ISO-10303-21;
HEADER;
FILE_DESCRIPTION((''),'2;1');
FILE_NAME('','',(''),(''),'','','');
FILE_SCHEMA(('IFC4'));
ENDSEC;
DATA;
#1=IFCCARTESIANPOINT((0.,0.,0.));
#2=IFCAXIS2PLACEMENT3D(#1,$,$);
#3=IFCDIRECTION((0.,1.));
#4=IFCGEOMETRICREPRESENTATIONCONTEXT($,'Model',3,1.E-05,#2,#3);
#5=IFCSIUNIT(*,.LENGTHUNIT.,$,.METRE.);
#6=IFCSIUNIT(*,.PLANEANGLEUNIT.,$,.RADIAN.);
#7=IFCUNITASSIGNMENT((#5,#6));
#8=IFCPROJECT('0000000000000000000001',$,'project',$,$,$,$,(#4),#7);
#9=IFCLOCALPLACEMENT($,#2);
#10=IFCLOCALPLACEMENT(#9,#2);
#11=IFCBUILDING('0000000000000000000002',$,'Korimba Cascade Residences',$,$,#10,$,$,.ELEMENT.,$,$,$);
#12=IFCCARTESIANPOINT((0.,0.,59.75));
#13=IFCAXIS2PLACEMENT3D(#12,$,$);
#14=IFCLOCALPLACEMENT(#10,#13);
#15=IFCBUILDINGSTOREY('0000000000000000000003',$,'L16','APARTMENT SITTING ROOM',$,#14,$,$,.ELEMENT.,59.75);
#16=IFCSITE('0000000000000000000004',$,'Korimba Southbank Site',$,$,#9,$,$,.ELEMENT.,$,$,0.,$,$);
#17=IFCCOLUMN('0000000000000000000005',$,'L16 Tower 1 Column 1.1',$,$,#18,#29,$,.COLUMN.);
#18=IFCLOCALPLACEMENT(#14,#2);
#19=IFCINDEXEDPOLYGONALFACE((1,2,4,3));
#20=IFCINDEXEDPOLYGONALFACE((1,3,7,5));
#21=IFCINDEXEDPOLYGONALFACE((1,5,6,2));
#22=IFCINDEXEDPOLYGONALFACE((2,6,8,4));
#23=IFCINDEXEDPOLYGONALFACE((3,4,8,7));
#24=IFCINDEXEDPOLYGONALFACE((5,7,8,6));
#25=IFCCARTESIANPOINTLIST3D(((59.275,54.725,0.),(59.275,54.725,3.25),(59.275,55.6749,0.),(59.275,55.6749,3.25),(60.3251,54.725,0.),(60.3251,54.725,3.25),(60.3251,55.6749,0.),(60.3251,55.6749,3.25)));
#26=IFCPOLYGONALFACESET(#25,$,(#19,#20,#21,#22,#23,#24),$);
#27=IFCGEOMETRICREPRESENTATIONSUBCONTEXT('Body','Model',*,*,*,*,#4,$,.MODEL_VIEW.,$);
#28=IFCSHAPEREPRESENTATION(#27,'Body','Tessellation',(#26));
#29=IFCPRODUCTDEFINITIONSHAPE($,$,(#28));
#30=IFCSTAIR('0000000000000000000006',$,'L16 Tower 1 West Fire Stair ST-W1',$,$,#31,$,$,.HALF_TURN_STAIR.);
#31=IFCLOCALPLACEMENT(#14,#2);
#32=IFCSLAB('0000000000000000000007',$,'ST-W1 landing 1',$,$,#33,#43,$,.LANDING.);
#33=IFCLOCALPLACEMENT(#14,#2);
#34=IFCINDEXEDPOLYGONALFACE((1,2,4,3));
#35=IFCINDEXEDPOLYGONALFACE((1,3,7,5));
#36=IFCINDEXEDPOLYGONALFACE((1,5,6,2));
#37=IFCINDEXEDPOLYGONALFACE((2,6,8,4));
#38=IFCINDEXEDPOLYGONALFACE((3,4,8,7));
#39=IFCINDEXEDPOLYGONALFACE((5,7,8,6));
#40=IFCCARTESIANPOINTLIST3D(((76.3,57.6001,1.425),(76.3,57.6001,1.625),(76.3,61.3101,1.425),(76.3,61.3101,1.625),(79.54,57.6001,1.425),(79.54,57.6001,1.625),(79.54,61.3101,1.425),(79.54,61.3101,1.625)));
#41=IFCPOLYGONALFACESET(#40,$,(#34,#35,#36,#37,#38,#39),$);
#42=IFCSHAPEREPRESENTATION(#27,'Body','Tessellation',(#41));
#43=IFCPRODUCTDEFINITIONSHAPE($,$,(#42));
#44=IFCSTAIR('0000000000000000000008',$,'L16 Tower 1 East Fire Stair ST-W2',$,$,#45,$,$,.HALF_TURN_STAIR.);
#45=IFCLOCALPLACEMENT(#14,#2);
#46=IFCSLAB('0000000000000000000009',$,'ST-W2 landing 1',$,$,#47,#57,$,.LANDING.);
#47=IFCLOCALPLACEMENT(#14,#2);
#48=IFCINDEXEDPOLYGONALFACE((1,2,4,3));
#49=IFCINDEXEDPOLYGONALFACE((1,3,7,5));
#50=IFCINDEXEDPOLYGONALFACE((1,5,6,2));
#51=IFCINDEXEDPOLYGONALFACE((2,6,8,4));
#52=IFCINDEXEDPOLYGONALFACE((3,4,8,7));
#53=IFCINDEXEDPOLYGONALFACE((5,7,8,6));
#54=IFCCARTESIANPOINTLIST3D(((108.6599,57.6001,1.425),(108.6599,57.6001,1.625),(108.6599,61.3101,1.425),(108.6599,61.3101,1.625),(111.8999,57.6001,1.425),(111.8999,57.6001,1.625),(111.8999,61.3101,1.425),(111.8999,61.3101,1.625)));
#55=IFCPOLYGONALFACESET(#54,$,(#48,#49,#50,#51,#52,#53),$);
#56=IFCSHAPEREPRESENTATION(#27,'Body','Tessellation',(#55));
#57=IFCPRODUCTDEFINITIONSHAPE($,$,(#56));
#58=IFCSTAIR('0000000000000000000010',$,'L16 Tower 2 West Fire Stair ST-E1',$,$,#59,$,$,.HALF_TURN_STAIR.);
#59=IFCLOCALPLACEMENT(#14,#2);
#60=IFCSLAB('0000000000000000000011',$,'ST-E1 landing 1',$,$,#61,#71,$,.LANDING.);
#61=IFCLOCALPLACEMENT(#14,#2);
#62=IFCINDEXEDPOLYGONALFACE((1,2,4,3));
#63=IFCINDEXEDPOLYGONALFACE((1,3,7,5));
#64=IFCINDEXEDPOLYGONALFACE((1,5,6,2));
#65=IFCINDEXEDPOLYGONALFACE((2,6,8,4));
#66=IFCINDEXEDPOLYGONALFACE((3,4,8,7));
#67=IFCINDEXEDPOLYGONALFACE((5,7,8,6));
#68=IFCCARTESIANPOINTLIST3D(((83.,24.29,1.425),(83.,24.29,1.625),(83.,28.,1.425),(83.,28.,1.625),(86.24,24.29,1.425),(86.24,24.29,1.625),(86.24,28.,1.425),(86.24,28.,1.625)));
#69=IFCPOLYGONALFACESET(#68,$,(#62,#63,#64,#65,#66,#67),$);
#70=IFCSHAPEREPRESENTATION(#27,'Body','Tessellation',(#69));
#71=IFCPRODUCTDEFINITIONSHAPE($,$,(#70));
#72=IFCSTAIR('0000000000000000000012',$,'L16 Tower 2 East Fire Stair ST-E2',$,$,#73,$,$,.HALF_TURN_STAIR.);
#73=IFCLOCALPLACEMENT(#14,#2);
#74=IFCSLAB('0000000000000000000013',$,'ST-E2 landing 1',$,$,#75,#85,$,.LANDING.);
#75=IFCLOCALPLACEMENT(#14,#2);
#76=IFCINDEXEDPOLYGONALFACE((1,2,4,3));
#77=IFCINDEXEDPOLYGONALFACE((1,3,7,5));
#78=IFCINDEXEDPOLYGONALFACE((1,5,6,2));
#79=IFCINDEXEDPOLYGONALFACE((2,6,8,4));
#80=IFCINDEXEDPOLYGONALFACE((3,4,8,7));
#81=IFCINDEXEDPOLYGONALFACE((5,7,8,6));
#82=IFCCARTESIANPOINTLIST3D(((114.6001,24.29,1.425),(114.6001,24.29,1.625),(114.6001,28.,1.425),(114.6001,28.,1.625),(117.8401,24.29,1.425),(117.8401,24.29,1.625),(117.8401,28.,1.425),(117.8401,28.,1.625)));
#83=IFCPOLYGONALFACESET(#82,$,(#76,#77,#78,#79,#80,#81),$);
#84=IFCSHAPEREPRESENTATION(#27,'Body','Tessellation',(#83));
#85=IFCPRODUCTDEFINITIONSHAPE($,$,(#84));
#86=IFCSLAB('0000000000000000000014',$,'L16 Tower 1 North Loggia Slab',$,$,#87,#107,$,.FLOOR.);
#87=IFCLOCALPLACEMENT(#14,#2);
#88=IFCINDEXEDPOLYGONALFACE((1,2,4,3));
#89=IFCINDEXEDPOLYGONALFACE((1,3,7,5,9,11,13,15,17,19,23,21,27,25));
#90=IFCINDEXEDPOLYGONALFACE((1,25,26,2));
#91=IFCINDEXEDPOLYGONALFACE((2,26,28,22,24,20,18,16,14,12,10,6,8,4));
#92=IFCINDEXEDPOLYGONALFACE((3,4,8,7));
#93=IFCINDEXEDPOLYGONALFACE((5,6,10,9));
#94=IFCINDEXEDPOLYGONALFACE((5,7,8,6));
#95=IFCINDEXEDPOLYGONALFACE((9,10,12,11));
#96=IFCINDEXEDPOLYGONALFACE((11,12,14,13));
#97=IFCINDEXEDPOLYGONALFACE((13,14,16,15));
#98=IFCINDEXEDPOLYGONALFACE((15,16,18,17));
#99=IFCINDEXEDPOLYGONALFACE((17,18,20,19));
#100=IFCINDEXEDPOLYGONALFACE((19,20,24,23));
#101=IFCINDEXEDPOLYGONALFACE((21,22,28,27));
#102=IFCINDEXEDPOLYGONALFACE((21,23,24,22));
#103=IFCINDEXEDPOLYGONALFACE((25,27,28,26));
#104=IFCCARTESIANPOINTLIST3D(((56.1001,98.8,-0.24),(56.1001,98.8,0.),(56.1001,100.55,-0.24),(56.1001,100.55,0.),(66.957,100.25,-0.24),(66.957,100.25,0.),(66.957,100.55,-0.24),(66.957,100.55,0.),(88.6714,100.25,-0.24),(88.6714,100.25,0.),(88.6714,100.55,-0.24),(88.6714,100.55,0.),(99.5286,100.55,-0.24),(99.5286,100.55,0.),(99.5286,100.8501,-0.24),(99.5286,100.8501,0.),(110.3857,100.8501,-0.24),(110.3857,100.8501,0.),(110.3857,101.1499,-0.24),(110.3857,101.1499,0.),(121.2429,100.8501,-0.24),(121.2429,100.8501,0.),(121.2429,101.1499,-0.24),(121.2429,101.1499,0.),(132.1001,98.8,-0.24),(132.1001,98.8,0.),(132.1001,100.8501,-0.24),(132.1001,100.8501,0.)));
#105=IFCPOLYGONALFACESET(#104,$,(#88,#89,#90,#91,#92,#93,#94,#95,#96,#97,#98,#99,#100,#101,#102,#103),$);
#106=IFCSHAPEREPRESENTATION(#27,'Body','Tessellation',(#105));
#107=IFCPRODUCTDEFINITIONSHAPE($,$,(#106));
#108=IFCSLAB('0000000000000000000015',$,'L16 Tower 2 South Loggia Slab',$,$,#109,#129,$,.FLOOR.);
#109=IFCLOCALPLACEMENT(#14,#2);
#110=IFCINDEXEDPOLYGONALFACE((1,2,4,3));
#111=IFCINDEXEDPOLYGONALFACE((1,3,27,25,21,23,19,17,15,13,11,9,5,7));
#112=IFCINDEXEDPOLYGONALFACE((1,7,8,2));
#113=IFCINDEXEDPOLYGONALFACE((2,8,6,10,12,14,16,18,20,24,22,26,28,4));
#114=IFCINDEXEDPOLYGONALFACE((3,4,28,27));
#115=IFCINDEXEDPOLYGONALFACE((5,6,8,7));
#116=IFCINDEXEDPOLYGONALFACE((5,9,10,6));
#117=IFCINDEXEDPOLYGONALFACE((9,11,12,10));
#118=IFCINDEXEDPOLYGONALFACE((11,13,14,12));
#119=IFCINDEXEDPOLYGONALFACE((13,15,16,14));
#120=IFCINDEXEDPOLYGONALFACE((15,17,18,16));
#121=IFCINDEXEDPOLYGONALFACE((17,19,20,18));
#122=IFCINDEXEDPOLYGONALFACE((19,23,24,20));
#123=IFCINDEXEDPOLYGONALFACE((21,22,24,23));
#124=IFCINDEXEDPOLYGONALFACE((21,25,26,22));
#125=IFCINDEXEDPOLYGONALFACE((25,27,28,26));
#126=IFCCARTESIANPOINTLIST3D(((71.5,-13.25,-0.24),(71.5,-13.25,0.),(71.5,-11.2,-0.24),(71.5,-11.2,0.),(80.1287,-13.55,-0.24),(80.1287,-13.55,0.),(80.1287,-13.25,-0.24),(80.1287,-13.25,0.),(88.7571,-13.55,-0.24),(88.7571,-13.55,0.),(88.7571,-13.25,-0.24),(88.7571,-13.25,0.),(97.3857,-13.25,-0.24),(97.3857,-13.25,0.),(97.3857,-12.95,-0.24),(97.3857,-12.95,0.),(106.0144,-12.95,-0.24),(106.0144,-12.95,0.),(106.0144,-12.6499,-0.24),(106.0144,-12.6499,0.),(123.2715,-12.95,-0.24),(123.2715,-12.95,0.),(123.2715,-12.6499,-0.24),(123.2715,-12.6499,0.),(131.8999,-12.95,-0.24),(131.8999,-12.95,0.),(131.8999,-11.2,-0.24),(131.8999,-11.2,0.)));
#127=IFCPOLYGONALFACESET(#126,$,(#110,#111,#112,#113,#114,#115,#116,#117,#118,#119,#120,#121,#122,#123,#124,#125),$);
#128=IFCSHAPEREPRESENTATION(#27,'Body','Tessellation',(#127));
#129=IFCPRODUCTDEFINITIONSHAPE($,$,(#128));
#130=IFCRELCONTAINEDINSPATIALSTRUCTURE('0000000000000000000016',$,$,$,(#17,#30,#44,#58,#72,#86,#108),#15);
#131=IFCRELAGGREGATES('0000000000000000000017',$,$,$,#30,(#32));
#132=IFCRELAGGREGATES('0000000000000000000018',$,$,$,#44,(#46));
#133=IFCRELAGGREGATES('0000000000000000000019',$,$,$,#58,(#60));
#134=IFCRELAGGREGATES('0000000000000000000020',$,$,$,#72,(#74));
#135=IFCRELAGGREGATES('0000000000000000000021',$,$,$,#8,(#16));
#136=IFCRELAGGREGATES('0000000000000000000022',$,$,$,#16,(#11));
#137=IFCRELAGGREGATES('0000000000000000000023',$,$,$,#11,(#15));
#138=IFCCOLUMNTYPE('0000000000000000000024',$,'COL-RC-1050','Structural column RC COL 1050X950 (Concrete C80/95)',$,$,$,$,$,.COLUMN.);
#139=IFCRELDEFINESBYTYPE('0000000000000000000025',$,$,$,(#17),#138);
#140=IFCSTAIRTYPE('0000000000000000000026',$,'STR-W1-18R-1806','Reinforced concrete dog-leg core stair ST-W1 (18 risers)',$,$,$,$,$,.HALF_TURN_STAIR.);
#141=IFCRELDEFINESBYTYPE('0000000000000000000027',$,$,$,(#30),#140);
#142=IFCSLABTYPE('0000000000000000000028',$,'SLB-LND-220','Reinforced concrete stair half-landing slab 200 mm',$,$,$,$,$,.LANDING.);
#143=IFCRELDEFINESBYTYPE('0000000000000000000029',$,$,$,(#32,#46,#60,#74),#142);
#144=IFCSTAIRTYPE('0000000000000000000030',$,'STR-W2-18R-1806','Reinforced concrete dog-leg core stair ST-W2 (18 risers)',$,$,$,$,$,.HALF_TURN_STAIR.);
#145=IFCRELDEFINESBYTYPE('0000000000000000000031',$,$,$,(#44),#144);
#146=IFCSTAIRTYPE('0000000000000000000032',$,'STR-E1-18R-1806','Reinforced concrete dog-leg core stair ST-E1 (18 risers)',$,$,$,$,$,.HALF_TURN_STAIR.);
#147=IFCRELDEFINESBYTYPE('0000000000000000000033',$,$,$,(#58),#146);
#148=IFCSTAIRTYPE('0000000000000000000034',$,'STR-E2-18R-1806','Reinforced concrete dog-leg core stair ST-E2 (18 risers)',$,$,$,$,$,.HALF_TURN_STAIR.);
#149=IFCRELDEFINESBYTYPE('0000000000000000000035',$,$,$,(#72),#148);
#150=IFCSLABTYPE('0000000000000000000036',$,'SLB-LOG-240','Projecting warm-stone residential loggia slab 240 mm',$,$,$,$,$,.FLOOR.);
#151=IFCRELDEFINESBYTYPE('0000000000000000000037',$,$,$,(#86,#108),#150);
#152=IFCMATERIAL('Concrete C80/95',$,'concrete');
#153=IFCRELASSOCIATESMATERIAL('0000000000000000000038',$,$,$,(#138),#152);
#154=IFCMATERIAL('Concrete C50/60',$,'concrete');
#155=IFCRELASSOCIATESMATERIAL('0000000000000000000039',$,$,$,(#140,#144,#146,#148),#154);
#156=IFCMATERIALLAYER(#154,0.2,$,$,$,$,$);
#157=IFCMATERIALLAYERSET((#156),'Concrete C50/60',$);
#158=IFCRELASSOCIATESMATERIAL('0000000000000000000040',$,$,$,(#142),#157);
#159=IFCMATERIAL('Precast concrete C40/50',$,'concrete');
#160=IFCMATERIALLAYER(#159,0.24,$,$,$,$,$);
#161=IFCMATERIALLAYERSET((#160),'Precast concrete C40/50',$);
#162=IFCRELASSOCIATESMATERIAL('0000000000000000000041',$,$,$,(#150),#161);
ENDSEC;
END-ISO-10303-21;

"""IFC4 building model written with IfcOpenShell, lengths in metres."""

from ifc_helpers import new_model, si_unit, direction, frame, origin, origin_2d, place, context, subcontext, project, spatial, polyline, rectangle, outline, extrude, material, layer, layer_set, material_profile, profile_set, type_object, element, aggregate, save


model = new_model("IFC4")

# Units and contexts
model_context = context("Model", 3, precision=1e-05, world=origin(), true_north=direction((0.0, 1.0)))
body_context = subcontext(model_context, "Body", "Model", "MODEL_VIEW")
ifc_project = project(units=[si_unit("LENGTHUNIT", "METRE"), si_unit("PLANEANGLEUNIT", "RADIAN")], contexts=[model_context])

# Site, building, storey
site_placement = place(None, origin())
site = spatial("IfcSite", under=ifc_project, at=site_placement, Name="Korimba Southbank Site", CompositionType="ELEMENT", RefElevation=0.0)
building_placement = place(site_placement, origin())
building = spatial("IfcBuilding", under=site, at=building_placement, Name="Korimba Cascade Residences", CompositionType="ELEMENT")
storey_placement = place(building_placement, frame((0.0, 0.0, 59.75)))
storey = spatial("IfcBuildingStorey", under=building, at=storey_placement, Name="L16", Description="APARTMENT SITTING ROOM", CompositionType="ELEMENT", Elevation=59.75)

# Column
ifc_material_1 = material(Name="Concrete C80/95", Category="concrete")
ifc_material_profile = material_profile(ifc_material_1, rectangle(XDim=1.05, YDim=0.95, at=origin_2d()), Name="Concrete C80/95")
ifc_profile_set = profile_set([ifc_material_profile], Name="Concrete C80/95")
column_type = type_object("IfcColumnType", Name="COL-RC-1050", Description="Structural column RC COL 1050X950 (Concrete C80/95)", PredefinedType="COLUMN", material=ifc_profile_set)
column_placement = place(storey_placement, frame((59.8, 55.2, 0.0), z_axis=(0.0, 0.0, 1.0), x_axis=(1.0, 0.0, 0.0)))
element("IfcColumn", 1, at=column_placement, inside=storey, type_object=column_type, Name="L16 Tower 1 Column 1.1", PredefinedType="COLUMN", context=body_context, shape_type="SweptSolid", body=[
    extrude(rectangle(XDim=1.05, YDim=0.95, at=origin_2d()), origin(), (0.0, 0.0, 1.0), 3.25),
])

# Stairs, slabs
ifc_material_2 = material(Name="Concrete C50/60", Category="concrete")
stair_type_1 = type_object("IfcStairType", Name="STR-W1-18R-1806", Description="Reinforced concrete dog-leg core stair ST-W1 (18 risers)", PredefinedType="HALF_TURN_STAIR", material=ifc_material_2)
stair_1_placement = place(storey_placement, origin())
stair_1 = element("IfcStair", 2, at=stair_1_placement, inside=storey, type_object=stair_type_1, Name="L16 Tower 1 West Fire Stair ST-W1", PredefinedType="HALF_TURN_STAIR")
ifc_layer_1 = layer(ifc_material_2, 0.2)
ifc_layer_set_1 = layer_set([ifc_layer_1], Name="Concrete C50/60")
slab_type_1 = type_object("IfcSlabType", Name="SLB-LND-220", Description="Reinforced concrete stair half-landing slab 200 mm", PredefinedType="LANDING", material=ifc_layer_set_1)
slab_1_placement = place(storey_placement, frame((0.0, 0.0, 1.425)))
slab_1 = element("IfcSlab", 3, at=slab_1_placement, type_object=slab_type_1, Name="ST-W1 landing 1", PredefinedType="LANDING", context=body_context, shape_type="SweptSolid", body=[
    extrude(outline(polyline([(76.3, 61.3101), (76.3, 57.6001), (79.54, 57.6001), (79.54, 61.3101), (76.3, 61.3101)])), origin(), (0.0, 0.0, 1.0), 0.2),
])
aggregate(stair_1, [slab_1])
stair_type_2 = type_object("IfcStairType", Name="STR-W2-18R-1806", Description="Reinforced concrete dog-leg core stair ST-W2 (18 risers)", PredefinedType="HALF_TURN_STAIR", material=ifc_material_2)
stair_2_placement = place(storey_placement, origin())
stair_2 = element("IfcStair", 4, at=stair_2_placement, inside=storey, type_object=stair_type_2, Name="L16 Tower 1 East Fire Stair ST-W2", PredefinedType="HALF_TURN_STAIR")
slab_2_placement = place(storey_placement, frame((0.0, 0.0, 1.425)))
slab_2 = element("IfcSlab", 5, at=slab_2_placement, type_object=slab_type_1, Name="ST-W2 landing 1", PredefinedType="LANDING", context=body_context, shape_type="SweptSolid", body=[
    extrude(outline(polyline([(108.6599, 61.3101), (108.6599, 57.6001), (111.8999, 57.6001), (111.8999, 61.3101), (108.6599, 61.3101)])), origin(), (0.0, 0.0, 1.0), 0.2),
])
aggregate(stair_2, [slab_2])
stair_type_3 = type_object("IfcStairType", Name="STR-E1-18R-1806", Description="Reinforced concrete dog-leg core stair ST-E1 (18 risers)", PredefinedType="HALF_TURN_STAIR", material=ifc_material_2)
stair_3_placement = place(storey_placement, origin())
stair_3 = element("IfcStair", 6, at=stair_3_placement, inside=storey, type_object=stair_type_3, Name="L16 Tower 2 West Fire Stair ST-E1", PredefinedType="HALF_TURN_STAIR")
slab_3_placement = place(storey_placement, frame((0.0, 0.0, 1.425)))
slab_3 = element("IfcSlab", 7, at=slab_3_placement, type_object=slab_type_1, Name="ST-E1 landing 1", PredefinedType="LANDING", context=body_context, shape_type="SweptSolid", body=[
    extrude(outline(polyline([(86.24, 24.29), (86.24, 28.0), (83.0, 28.0), (83.0, 24.29), (86.24, 24.29)])), origin(), (0.0, 0.0, 1.0), 0.2),
])
aggregate(stair_3, [slab_3])
stair_type_4 = type_object("IfcStairType", Name="STR-E2-18R-1806", Description="Reinforced concrete dog-leg core stair ST-E2 (18 risers)", PredefinedType="HALF_TURN_STAIR", material=ifc_material_2)
stair_4_placement = place(storey_placement, origin())
stair_4 = element("IfcStair", 8, at=stair_4_placement, inside=storey, type_object=stair_type_4, Name="L16 Tower 2 East Fire Stair ST-E2", PredefinedType="HALF_TURN_STAIR")
slab_4_placement = place(storey_placement, frame((0.0, 0.0, 1.425)))
slab_4 = element("IfcSlab", 9, at=slab_4_placement, type_object=slab_type_1, Name="ST-E2 landing 1", PredefinedType="LANDING", context=body_context, shape_type="SweptSolid", body=[
    extrude(outline(polyline([(117.8401, 24.29), (117.8401, 28.0), (114.6001, 28.0), (114.6001, 24.29), (117.8401, 24.29)])), origin(), (0.0, 0.0, 1.0), 0.2),
])
aggregate(stair_4, [slab_4])

# Slabs
ifc_material_3 = material(Name="Precast concrete C40/50", Category="concrete")
ifc_layer_2 = layer(ifc_material_3, 0.24)
ifc_layer_set_2 = layer_set([ifc_layer_2], Name="Precast concrete C40/50")
slab_type_2 = type_object("IfcSlabType", Name="SLB-LOG-240", Description="Projecting warm-stone residential loggia slab 240 mm", PredefinedType="FLOOR", material=ifc_layer_set_2)
slab_5_placement = place(storey_placement, frame((0.0, 0.0, -0.24)))
element("IfcSlab", 10, at=slab_5_placement, inside=storey, type_object=slab_type_2, Name="L16 Tower 1 North Loggia Slab", PredefinedType="FLOOR", context=body_context, shape_type="SweptSolid", body=[
    extrude(outline(polyline([(56.1001, 98.8), (132.1001, 98.8), (132.1001, 100.8501), (121.2429, 100.8501), (121.2429, 101.1499), (110.3857, 101.1499), (110.3857, 100.8501), (99.5286, 100.8501), (99.5286, 100.55), (88.6714, 100.55), (88.6714, 100.25), (66.957, 100.25), (66.957, 100.55), (56.1001, 100.55), (56.1001, 98.8)])), origin(), (0.0, 0.0, 1.0), 0.24),
])
slab_6_placement = place(storey_placement, frame((0.0, 0.0, -0.24)))
element("IfcSlab", 11, at=slab_6_placement, inside=storey, type_object=slab_type_2, Name="L16 Tower 2 South Loggia Slab", PredefinedType="FLOOR", context=body_context, shape_type="SweptSolid", body=[
    extrude(outline(polyline([(71.5, -13.25), (80.1287, -13.25), (80.1287, -13.55), (88.7571, -13.55), (88.7571, -13.25), (97.3857, -13.25), (97.3857, -12.95), (106.0144, -12.95), (106.0144, -12.6499), (123.2715, -12.6499), (123.2715, -12.95), (131.8999, -12.95), (131.8999, -11.2), (71.5, -11.2), (71.5, -13.25)])), origin(), (0.0, 0.0, 1.0), 0.24),
])

save(model, "model.ifc")
